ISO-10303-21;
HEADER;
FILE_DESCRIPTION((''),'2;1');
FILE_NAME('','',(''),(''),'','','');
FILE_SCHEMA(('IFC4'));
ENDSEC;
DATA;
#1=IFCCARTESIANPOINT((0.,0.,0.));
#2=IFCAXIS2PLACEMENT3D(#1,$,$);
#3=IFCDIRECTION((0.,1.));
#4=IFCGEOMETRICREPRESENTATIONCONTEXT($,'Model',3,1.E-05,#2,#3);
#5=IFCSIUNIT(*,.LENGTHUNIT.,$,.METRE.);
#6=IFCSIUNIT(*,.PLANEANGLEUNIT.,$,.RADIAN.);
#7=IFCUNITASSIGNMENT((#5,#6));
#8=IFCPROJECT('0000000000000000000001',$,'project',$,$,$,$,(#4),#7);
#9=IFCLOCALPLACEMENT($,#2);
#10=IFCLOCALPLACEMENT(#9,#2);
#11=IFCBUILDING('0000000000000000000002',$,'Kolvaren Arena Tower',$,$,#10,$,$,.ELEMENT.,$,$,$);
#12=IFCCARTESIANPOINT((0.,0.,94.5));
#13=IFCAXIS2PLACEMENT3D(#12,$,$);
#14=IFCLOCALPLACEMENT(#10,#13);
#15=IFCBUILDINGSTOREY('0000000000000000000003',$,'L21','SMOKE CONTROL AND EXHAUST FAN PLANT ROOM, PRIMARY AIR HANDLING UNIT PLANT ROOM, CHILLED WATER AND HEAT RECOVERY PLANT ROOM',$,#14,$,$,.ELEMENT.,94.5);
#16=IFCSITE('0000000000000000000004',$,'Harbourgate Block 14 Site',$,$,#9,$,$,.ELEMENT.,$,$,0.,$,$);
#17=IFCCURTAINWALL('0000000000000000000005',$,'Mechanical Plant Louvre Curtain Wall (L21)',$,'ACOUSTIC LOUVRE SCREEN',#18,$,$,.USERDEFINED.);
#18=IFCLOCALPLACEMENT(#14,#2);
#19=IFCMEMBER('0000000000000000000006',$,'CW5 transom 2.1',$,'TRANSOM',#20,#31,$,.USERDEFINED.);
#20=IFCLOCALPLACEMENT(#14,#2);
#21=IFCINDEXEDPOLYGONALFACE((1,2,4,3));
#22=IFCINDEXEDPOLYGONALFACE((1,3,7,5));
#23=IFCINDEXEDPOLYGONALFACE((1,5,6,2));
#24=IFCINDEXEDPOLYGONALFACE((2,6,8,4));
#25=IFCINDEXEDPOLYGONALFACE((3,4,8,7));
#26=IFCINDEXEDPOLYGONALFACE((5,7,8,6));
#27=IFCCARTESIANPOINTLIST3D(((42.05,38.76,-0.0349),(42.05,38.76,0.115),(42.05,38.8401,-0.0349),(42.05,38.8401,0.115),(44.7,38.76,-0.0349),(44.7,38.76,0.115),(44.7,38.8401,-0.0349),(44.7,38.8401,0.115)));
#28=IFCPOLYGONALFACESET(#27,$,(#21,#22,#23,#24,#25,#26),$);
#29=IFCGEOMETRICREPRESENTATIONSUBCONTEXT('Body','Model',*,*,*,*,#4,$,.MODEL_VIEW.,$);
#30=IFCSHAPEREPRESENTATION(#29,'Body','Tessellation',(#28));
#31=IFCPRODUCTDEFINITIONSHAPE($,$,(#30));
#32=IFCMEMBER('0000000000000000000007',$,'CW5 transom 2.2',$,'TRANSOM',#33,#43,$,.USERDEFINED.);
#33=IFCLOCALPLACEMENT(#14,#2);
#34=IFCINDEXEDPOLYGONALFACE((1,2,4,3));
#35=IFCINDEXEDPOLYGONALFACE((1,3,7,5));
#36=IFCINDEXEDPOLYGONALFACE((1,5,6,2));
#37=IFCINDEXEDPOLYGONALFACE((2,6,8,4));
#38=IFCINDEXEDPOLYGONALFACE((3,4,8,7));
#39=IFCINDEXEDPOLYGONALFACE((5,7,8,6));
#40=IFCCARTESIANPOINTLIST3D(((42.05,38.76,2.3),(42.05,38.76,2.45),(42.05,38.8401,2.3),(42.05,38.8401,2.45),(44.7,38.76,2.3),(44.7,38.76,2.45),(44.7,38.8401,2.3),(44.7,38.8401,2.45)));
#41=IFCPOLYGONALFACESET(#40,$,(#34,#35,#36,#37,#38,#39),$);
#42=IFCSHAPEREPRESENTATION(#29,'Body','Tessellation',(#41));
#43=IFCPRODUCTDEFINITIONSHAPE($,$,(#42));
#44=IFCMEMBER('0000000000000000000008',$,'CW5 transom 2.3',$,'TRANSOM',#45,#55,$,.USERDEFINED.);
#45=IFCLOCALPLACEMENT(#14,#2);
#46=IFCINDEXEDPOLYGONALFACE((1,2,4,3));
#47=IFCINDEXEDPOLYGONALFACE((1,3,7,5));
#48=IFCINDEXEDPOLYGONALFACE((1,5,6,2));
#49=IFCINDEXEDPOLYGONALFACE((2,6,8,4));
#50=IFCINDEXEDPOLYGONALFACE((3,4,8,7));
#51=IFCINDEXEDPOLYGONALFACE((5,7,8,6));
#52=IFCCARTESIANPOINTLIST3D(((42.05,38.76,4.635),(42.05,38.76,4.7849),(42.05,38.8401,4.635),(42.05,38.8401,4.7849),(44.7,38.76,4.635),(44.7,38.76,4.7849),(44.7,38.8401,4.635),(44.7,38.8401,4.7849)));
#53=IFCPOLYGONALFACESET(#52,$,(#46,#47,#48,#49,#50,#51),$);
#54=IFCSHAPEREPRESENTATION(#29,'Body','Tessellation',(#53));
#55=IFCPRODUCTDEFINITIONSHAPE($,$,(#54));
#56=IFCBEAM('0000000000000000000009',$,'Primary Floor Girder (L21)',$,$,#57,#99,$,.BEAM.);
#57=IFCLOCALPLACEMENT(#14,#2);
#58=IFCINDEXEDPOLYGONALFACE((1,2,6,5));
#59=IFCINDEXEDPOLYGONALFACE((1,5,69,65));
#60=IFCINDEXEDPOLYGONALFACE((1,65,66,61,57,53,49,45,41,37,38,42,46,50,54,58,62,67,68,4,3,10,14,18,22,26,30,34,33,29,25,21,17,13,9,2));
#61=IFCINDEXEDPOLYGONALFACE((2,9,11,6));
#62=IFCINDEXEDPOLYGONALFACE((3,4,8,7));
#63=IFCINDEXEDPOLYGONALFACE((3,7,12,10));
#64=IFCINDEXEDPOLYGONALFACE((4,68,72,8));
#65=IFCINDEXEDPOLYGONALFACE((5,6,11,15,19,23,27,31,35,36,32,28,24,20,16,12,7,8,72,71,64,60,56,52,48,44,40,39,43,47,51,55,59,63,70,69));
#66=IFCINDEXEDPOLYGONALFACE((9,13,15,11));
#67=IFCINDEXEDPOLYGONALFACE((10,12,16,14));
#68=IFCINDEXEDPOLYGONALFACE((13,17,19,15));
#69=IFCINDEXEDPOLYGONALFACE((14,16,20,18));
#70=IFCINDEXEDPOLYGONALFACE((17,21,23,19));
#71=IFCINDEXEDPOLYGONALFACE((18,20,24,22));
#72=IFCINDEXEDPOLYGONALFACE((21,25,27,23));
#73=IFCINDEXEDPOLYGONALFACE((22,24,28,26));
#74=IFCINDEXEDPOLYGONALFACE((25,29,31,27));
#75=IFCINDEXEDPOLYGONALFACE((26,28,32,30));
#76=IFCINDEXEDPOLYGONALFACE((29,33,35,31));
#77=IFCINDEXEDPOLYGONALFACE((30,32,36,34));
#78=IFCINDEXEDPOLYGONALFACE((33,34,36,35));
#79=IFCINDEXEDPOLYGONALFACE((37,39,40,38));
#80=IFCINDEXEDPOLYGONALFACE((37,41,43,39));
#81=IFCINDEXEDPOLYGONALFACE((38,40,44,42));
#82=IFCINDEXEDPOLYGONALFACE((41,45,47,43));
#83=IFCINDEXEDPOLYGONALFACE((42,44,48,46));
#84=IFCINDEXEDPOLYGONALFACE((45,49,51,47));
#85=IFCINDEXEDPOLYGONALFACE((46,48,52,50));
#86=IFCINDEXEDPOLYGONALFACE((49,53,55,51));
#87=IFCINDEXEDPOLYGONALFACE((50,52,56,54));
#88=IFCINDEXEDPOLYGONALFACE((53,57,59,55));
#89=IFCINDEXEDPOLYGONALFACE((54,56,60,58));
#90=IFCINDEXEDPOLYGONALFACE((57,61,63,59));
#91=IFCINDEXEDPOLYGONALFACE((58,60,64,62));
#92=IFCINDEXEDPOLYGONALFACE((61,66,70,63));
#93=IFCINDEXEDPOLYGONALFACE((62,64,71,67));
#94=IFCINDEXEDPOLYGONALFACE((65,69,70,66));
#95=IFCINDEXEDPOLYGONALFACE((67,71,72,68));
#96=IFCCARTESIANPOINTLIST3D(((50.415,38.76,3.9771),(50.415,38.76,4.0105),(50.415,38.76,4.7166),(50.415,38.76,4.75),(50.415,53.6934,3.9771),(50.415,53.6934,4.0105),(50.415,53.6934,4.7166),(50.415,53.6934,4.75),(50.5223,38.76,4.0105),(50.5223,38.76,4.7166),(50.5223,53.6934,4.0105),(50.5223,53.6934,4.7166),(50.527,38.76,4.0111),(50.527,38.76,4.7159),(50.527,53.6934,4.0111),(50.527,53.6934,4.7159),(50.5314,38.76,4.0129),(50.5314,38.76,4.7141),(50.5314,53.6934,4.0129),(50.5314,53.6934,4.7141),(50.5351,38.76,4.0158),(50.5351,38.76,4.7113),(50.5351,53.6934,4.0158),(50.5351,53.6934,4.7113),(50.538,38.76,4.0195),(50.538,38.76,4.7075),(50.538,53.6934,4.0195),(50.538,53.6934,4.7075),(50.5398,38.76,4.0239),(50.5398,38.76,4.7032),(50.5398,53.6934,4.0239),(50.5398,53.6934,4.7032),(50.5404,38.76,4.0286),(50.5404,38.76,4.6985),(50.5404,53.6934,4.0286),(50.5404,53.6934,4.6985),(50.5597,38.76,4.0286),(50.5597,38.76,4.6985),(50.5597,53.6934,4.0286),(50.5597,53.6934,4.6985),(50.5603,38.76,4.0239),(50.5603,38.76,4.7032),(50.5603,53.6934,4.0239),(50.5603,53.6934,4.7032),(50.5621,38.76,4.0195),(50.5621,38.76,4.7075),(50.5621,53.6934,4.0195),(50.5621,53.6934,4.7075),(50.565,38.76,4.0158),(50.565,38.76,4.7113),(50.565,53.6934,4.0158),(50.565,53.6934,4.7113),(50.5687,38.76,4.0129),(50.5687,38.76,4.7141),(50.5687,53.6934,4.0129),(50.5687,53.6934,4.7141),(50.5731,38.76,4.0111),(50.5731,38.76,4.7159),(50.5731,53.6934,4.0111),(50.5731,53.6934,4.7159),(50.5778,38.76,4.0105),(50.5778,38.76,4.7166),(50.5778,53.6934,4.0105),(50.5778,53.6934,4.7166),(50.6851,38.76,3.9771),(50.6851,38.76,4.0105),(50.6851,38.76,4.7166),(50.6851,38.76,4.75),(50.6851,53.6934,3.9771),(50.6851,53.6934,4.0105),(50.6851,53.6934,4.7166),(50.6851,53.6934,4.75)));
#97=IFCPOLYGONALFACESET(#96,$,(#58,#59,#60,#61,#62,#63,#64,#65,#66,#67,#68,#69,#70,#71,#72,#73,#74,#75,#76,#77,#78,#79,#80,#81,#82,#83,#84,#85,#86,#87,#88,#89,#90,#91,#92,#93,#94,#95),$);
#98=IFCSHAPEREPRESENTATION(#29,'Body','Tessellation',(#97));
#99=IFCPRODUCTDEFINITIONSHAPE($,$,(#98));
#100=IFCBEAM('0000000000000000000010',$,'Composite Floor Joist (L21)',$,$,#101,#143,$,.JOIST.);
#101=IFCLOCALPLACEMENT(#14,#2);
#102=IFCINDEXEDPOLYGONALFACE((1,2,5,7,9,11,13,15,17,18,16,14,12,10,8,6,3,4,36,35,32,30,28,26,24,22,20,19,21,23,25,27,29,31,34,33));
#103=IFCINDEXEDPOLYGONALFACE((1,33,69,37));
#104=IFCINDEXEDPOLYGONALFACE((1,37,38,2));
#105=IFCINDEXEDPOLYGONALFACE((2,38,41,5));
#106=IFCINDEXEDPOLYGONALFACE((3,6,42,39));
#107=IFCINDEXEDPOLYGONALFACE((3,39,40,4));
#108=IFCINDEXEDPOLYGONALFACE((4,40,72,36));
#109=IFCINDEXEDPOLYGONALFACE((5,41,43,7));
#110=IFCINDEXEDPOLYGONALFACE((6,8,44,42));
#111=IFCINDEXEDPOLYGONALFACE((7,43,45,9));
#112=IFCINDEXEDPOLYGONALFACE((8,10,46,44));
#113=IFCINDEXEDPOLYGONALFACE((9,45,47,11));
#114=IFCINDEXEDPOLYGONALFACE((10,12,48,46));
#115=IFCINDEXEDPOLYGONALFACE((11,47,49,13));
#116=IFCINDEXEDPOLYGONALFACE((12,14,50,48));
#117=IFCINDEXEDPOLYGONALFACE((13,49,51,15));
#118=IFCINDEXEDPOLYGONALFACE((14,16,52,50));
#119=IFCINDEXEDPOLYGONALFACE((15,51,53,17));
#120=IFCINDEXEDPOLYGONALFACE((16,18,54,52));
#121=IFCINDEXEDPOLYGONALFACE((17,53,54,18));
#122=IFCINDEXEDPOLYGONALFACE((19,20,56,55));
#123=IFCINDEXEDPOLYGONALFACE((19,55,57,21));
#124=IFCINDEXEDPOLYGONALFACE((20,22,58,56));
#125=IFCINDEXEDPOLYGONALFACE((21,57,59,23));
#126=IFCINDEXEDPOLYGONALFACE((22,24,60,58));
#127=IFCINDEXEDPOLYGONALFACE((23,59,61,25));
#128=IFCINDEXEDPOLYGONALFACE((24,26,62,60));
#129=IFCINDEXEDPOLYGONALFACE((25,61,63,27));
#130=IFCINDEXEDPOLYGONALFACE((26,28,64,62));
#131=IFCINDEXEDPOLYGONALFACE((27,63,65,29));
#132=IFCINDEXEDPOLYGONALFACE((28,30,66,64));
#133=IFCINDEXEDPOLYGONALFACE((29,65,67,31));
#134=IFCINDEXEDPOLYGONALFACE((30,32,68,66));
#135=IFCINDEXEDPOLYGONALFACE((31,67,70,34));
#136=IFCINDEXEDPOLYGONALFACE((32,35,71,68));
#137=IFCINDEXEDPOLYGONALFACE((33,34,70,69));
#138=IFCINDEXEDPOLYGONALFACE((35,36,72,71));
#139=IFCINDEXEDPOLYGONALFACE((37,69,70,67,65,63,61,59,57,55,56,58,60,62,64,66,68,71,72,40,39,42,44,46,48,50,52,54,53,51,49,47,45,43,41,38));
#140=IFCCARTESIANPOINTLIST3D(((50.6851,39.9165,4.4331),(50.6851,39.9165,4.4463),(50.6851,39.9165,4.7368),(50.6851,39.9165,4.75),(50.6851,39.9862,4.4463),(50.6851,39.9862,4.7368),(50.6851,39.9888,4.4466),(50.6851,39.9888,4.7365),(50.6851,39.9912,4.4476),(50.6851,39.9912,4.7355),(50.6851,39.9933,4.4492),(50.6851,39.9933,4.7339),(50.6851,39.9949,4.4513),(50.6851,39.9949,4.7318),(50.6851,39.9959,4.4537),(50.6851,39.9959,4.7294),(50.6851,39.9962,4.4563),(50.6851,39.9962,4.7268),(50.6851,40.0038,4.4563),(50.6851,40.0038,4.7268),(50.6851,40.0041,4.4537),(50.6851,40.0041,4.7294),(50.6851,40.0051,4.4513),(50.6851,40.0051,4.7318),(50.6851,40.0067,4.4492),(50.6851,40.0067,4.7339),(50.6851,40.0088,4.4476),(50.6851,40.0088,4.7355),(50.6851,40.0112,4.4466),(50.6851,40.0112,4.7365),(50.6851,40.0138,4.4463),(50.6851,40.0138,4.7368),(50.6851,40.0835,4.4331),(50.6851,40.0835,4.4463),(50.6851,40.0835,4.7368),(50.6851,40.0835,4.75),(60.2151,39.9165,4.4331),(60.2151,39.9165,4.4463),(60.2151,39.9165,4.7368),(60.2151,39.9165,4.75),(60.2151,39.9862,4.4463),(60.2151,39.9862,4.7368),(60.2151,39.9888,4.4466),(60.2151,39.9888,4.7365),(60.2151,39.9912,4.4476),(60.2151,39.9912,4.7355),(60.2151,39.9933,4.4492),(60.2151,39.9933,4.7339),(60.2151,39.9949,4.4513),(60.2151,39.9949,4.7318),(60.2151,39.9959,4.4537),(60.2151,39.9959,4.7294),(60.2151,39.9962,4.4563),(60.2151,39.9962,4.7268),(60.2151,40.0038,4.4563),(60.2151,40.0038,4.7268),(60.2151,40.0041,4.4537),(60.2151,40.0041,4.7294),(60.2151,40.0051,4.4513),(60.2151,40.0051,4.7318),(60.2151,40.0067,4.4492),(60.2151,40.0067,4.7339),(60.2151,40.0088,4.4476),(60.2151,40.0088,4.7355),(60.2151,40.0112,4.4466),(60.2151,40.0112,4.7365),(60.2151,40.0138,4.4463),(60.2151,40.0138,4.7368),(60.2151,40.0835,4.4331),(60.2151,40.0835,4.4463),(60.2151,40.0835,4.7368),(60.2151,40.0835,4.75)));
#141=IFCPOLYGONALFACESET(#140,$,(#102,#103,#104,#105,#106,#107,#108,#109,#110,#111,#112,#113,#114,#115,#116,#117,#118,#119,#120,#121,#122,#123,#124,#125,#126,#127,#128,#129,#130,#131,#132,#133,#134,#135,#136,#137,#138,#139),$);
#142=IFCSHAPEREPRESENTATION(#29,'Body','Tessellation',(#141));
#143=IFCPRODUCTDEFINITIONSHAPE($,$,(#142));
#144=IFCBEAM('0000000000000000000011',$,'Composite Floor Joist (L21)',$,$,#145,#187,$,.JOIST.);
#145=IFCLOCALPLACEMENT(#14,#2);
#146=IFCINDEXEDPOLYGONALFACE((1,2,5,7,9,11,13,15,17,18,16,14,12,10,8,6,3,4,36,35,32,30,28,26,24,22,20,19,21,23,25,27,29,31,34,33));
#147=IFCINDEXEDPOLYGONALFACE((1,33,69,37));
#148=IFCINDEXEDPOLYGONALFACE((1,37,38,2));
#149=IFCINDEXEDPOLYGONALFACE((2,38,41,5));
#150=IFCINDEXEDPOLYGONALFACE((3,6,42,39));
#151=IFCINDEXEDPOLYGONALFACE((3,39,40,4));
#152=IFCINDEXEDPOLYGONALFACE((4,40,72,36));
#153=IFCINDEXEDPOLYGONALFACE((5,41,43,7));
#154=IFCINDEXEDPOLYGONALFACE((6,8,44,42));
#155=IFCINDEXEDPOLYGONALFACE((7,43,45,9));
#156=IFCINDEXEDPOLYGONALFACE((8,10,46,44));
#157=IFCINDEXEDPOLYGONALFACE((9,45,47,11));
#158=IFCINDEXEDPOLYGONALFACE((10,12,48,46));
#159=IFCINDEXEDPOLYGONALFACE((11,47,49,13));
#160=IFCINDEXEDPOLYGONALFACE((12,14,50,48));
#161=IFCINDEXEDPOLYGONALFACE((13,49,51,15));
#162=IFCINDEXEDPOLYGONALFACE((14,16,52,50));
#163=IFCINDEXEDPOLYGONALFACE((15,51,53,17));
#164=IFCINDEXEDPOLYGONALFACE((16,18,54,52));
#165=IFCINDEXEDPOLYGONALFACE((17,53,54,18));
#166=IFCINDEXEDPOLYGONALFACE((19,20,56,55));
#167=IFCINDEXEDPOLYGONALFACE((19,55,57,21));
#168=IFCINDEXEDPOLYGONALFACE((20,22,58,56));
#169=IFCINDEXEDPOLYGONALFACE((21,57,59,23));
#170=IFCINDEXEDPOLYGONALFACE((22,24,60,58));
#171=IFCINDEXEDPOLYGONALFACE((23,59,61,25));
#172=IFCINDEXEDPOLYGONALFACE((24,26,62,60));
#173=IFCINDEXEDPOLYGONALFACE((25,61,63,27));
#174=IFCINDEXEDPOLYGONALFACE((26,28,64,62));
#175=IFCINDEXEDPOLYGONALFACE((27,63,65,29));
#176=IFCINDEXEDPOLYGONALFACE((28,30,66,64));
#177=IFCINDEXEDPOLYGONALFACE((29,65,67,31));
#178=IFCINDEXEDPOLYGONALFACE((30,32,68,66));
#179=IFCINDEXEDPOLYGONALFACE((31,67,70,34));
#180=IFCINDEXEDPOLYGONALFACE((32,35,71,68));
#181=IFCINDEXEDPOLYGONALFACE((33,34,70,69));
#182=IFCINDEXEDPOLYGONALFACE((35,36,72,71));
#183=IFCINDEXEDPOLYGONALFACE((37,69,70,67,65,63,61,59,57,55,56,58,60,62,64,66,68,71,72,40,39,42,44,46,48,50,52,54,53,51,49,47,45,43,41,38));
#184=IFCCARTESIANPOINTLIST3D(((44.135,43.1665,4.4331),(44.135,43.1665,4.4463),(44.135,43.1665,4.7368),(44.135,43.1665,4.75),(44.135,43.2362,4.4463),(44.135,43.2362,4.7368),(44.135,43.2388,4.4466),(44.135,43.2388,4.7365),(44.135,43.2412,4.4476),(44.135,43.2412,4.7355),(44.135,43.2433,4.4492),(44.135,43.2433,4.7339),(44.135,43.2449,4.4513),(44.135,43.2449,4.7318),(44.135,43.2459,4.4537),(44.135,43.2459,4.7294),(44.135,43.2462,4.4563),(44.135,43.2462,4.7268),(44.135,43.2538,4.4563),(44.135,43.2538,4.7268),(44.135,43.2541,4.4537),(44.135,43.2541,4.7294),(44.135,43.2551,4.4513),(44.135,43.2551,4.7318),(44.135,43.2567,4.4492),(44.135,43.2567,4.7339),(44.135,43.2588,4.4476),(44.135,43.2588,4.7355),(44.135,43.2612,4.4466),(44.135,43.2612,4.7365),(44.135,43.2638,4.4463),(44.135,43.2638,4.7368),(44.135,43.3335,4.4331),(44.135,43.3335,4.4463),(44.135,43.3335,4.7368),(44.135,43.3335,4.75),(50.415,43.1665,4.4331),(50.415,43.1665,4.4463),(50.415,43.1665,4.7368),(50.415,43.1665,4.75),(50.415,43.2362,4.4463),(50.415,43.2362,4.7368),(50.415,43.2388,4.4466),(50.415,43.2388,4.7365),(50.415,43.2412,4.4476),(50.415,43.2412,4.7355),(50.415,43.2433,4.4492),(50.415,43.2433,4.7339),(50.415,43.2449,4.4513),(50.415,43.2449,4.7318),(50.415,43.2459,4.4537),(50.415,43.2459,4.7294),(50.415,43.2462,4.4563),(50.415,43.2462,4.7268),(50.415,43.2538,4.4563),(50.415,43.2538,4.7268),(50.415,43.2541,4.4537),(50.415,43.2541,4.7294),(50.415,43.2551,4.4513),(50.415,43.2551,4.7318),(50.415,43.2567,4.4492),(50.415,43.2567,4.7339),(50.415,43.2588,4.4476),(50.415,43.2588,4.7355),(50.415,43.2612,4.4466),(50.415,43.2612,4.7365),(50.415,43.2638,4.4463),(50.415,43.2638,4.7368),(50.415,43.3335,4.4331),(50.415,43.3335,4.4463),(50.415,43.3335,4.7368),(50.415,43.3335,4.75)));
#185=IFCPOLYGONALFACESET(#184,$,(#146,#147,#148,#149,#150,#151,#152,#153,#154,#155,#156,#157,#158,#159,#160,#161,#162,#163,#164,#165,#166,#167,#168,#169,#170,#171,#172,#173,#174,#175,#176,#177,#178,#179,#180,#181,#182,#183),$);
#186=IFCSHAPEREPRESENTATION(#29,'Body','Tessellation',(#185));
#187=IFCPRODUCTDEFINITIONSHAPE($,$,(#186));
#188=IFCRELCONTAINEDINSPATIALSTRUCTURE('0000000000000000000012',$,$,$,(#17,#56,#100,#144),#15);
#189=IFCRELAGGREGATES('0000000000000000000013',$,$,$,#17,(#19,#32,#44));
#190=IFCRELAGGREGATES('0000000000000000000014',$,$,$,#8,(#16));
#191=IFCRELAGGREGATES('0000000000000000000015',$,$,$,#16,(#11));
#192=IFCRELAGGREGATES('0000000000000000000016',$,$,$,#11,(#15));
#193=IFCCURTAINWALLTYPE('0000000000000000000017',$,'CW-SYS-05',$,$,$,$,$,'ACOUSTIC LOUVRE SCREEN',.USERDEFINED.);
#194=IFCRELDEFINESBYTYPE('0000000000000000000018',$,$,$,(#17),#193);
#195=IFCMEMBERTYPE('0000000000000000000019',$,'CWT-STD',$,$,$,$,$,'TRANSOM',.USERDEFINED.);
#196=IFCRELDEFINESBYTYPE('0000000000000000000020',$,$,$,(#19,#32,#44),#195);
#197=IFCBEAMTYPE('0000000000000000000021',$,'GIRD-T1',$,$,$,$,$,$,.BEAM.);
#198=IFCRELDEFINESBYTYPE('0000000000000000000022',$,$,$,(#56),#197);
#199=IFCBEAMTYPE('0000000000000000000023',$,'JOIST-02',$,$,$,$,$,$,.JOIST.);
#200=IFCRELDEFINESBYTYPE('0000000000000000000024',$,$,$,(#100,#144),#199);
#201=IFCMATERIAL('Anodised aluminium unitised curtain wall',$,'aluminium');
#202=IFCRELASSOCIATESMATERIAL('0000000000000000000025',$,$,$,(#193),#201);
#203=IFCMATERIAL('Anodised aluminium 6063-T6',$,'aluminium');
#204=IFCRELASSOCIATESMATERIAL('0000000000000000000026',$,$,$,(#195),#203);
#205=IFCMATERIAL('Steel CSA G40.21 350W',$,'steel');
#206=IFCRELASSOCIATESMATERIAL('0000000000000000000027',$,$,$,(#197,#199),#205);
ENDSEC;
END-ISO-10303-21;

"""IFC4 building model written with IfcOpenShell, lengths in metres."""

from ifc_helpers import new_model, si_unit, direction, frame, origin, origin_2d, place, context, subcontext, project, spatial, rectangle, i_section, extrude, material, material_profile, profile_set, type_object, element, aggregate, save


model = new_model("IFC4")

# Units and contexts
model_context = context("Model", 3, precision=1e-05, world=origin(), true_north=direction((0.0, 1.0)))
body_context = subcontext(model_context, "Body", "Model", "MODEL_VIEW")
ifc_project = project(units=[si_unit("LENGTHUNIT", "METRE"), si_unit("PLANEANGLEUNIT", "RADIAN")], contexts=[model_context])

# Site, building, storey
site_placement = place(None, origin())
site = spatial("IfcSite", under=ifc_project, at=site_placement, Name="Harbourgate Block 14 Site", CompositionType="ELEMENT", RefElevation=0.0)
building_placement = place(site_placement, origin())
building = spatial("IfcBuilding", under=site, at=building_placement, Name="Kolvaren Arena Tower", CompositionType="ELEMENT")
storey_placement = place(building_placement, frame((0.0, 0.0, 94.5)))
storey = spatial("IfcBuildingStorey", under=building, at=storey_placement, Name="L21", Description="SMOKE CONTROL AND EXHAUST FAN PLANT ROOM, PRIMARY AIR HANDLING UNIT PLANT ROOM, CHILLED WATER AND HEAT RECOVERY PLANT ROOM", CompositionType="ELEMENT", Elevation=94.5)

# Shared definitions
ifc_material_1 = material(Name="Steel CSA G40.21 350W", Category="steel")

# Curtain wall, members
ifc_material_2 = material(Name="Anodised aluminium unitised curtain wall", Category="aluminium")
curtain_wall_type = type_object("IfcCurtainWallType", Name="CW-SYS-05", ElementType="ACOUSTIC LOUVRE SCREEN", PredefinedType="USERDEFINED", material=ifc_material_2)
curtain_wall_placement = place(storey_placement, origin())
curtain_wall = element("IfcCurtainWall", 1, at=curtain_wall_placement, inside=storey, type_object=curtain_wall_type, Name="Mechanical Plant Louvre Curtain Wall (L21)", ObjectType="ACOUSTIC LOUVRE SCREEN", PredefinedType="USERDEFINED")
ifc_material_3 = material(Name="Anodised aluminium 6063-T6", Category="aluminium")
ifc_material_profile_1 = material_profile(ifc_material_3, rectangle(XDim=0.0801, YDim=0.1499, at=origin_2d()), Name="ALU-80x150")
ifc_profile_set_1 = profile_set([ifc_material_profile_1], Name="Anodised aluminium 6063-T6")
member_type_1 = type_object("IfcMemberType", Name="CWT-STD", ElementType="TRANSOM", PredefinedType="USERDEFINED", material=ifc_profile_set_1)
member_1_placement = place(storey_placement, frame((42.05, 38.8, 0.04), z_axis=(1.0, 0.0, 0.0), x_axis=(0.0, 1.0, 0.0)))
member_1 = element("IfcMember", 2, at=member_1_placement, type_object=member_type_1, Name="CW5 transom 2.1", ObjectType="TRANSOM", PredefinedType="USERDEFINED", context=body_context, shape_type="SweptSolid", body=[
    extrude(rectangle(XDim=0.0801, YDim=0.1499, at=origin_2d()), origin(), (0.0, 0.0, 1.0), 2.6499),
])
member_2_placement = place(storey_placement, frame((42.05, 38.8, 2.375), z_axis=(1.0, 0.0, 0.0), x_axis=(0.0, 1.0, 0.0)))
member_2 = element("IfcMember", 3, at=member_2_placement, type_object=member_type_1, Name="CW5 transom 2.2", ObjectType="TRANSOM", PredefinedType="USERDEFINED", context=body_context, shape_type="SweptSolid", body=[
    extrude(rectangle(XDim=0.0801, YDim=0.1499, at=origin_2d()), origin(), (0.0, 0.0, 1.0), 2.6499),
])
member_3_placement = place(storey_placement, frame((42.05, 38.8, 4.71), z_axis=(1.0, 0.0, 0.0), x_axis=(0.0, 1.0, 0.0)))
member_3 = element("IfcMember", 4, at=member_3_placement, type_object=member_type_1, Name="CW5 transom 2.3", ObjectType="TRANSOM", PredefinedType="USERDEFINED", context=body_context, shape_type="SweptSolid", body=[
    extrude(rectangle(XDim=0.0801, YDim=0.1499, at=origin_2d()), origin(), (0.0, 0.0, 1.0), 2.6499),
])

# Beams
ifc_material_profile_2 = material_profile(ifc_material_1, i_section(OverallWidth=0.27, OverallDepth=0.7729, WebThickness=0.0193, FlangeThickness=0.0334, FilletRadius=0.0181, at=origin_2d()), Name="W760x257")
ifc_profile_set_2 = profile_set([ifc_material_profile_2], Name="Steel CSA G40.21 350W")
beam_type_1 = type_object("IfcBeamType", Name="GIRD-T1", PredefinedType="BEAM", material=ifc_profile_set_2)
beam_1_placement = place(storey_placement, frame((50.55, 38.76, 4.3635), z_axis=(0.0, 1.0, 0.0), x_axis=(-1.0, 0.0, 0.0)))
element("IfcBeam", 5, at=beam_1_placement, inside=storey, type_object=beam_type_1, Name="Primary Floor Girder (L21)", PredefinedType="BEAM", context=body_context, shape_type="SweptSolid", body=[
    extrude(i_section(OverallWidth=0.27, OverallDepth=0.7729, WebThickness=0.0193, FlangeThickness=0.0334, FilletRadius=0.0181, at=origin_2d()), origin(), (0.0, 0.0, 1.0), 14.9333),
])
ifc_material_profile_3 = material_profile(ifc_material_1, i_section(OverallWidth=0.167, OverallDepth=0.3169, WebThickness=0.0076, FlangeThickness=0.0132, FilletRadius=0.01, at=origin_2d()), Name="W310x52")
ifc_profile_set_3 = profile_set([ifc_material_profile_3], Name="Steel CSA G40.21 350W")
beam_type_2 = type_object("IfcBeamType", Name="JOIST-02", PredefinedType="JOIST", material=ifc_profile_set_3)
beam_2_placement = place(storey_placement, frame((50.6851, 40.0, 4.5916), z_axis=(1.0, 0.0, 0.0), x_axis=(0.0, 1.0, 0.0)))
element("IfcBeam", 6, at=beam_2_placement, inside=storey, type_object=beam_type_2, Name="Composite Floor Joist (L21)", PredefinedType="JOIST", context=body_context, shape_type="SweptSolid", body=[
    extrude(i_section(OverallWidth=0.167, OverallDepth=0.3169, WebThickness=0.0076, FlangeThickness=0.0132, FilletRadius=0.01, at=origin_2d()), origin(), (0.0, 0.0, 1.0), 9.53),
])
beam_3_placement = place(storey_placement, frame((44.135, 43.25, 4.5916), z_axis=(1.0, 0.0, 0.0), x_axis=(0.0, 1.0, 0.0)))
element("IfcBeam", 7, at=beam_3_placement, inside=storey, type_object=beam_type_2, Name="Composite Floor Joist (L21)", PredefinedType="JOIST", context=body_context, shape_type="SweptSolid", body=[
    extrude(i_section(OverallWidth=0.167, OverallDepth=0.3169, WebThickness=0.0076, FlangeThickness=0.0132, FilletRadius=0.01, at=origin_2d()), origin(), (0.0, 0.0, 1.0), 6.28),
])

aggregate(curtain_wall, [member_1, member_2, member_3])

save(model, "model.ifc")
